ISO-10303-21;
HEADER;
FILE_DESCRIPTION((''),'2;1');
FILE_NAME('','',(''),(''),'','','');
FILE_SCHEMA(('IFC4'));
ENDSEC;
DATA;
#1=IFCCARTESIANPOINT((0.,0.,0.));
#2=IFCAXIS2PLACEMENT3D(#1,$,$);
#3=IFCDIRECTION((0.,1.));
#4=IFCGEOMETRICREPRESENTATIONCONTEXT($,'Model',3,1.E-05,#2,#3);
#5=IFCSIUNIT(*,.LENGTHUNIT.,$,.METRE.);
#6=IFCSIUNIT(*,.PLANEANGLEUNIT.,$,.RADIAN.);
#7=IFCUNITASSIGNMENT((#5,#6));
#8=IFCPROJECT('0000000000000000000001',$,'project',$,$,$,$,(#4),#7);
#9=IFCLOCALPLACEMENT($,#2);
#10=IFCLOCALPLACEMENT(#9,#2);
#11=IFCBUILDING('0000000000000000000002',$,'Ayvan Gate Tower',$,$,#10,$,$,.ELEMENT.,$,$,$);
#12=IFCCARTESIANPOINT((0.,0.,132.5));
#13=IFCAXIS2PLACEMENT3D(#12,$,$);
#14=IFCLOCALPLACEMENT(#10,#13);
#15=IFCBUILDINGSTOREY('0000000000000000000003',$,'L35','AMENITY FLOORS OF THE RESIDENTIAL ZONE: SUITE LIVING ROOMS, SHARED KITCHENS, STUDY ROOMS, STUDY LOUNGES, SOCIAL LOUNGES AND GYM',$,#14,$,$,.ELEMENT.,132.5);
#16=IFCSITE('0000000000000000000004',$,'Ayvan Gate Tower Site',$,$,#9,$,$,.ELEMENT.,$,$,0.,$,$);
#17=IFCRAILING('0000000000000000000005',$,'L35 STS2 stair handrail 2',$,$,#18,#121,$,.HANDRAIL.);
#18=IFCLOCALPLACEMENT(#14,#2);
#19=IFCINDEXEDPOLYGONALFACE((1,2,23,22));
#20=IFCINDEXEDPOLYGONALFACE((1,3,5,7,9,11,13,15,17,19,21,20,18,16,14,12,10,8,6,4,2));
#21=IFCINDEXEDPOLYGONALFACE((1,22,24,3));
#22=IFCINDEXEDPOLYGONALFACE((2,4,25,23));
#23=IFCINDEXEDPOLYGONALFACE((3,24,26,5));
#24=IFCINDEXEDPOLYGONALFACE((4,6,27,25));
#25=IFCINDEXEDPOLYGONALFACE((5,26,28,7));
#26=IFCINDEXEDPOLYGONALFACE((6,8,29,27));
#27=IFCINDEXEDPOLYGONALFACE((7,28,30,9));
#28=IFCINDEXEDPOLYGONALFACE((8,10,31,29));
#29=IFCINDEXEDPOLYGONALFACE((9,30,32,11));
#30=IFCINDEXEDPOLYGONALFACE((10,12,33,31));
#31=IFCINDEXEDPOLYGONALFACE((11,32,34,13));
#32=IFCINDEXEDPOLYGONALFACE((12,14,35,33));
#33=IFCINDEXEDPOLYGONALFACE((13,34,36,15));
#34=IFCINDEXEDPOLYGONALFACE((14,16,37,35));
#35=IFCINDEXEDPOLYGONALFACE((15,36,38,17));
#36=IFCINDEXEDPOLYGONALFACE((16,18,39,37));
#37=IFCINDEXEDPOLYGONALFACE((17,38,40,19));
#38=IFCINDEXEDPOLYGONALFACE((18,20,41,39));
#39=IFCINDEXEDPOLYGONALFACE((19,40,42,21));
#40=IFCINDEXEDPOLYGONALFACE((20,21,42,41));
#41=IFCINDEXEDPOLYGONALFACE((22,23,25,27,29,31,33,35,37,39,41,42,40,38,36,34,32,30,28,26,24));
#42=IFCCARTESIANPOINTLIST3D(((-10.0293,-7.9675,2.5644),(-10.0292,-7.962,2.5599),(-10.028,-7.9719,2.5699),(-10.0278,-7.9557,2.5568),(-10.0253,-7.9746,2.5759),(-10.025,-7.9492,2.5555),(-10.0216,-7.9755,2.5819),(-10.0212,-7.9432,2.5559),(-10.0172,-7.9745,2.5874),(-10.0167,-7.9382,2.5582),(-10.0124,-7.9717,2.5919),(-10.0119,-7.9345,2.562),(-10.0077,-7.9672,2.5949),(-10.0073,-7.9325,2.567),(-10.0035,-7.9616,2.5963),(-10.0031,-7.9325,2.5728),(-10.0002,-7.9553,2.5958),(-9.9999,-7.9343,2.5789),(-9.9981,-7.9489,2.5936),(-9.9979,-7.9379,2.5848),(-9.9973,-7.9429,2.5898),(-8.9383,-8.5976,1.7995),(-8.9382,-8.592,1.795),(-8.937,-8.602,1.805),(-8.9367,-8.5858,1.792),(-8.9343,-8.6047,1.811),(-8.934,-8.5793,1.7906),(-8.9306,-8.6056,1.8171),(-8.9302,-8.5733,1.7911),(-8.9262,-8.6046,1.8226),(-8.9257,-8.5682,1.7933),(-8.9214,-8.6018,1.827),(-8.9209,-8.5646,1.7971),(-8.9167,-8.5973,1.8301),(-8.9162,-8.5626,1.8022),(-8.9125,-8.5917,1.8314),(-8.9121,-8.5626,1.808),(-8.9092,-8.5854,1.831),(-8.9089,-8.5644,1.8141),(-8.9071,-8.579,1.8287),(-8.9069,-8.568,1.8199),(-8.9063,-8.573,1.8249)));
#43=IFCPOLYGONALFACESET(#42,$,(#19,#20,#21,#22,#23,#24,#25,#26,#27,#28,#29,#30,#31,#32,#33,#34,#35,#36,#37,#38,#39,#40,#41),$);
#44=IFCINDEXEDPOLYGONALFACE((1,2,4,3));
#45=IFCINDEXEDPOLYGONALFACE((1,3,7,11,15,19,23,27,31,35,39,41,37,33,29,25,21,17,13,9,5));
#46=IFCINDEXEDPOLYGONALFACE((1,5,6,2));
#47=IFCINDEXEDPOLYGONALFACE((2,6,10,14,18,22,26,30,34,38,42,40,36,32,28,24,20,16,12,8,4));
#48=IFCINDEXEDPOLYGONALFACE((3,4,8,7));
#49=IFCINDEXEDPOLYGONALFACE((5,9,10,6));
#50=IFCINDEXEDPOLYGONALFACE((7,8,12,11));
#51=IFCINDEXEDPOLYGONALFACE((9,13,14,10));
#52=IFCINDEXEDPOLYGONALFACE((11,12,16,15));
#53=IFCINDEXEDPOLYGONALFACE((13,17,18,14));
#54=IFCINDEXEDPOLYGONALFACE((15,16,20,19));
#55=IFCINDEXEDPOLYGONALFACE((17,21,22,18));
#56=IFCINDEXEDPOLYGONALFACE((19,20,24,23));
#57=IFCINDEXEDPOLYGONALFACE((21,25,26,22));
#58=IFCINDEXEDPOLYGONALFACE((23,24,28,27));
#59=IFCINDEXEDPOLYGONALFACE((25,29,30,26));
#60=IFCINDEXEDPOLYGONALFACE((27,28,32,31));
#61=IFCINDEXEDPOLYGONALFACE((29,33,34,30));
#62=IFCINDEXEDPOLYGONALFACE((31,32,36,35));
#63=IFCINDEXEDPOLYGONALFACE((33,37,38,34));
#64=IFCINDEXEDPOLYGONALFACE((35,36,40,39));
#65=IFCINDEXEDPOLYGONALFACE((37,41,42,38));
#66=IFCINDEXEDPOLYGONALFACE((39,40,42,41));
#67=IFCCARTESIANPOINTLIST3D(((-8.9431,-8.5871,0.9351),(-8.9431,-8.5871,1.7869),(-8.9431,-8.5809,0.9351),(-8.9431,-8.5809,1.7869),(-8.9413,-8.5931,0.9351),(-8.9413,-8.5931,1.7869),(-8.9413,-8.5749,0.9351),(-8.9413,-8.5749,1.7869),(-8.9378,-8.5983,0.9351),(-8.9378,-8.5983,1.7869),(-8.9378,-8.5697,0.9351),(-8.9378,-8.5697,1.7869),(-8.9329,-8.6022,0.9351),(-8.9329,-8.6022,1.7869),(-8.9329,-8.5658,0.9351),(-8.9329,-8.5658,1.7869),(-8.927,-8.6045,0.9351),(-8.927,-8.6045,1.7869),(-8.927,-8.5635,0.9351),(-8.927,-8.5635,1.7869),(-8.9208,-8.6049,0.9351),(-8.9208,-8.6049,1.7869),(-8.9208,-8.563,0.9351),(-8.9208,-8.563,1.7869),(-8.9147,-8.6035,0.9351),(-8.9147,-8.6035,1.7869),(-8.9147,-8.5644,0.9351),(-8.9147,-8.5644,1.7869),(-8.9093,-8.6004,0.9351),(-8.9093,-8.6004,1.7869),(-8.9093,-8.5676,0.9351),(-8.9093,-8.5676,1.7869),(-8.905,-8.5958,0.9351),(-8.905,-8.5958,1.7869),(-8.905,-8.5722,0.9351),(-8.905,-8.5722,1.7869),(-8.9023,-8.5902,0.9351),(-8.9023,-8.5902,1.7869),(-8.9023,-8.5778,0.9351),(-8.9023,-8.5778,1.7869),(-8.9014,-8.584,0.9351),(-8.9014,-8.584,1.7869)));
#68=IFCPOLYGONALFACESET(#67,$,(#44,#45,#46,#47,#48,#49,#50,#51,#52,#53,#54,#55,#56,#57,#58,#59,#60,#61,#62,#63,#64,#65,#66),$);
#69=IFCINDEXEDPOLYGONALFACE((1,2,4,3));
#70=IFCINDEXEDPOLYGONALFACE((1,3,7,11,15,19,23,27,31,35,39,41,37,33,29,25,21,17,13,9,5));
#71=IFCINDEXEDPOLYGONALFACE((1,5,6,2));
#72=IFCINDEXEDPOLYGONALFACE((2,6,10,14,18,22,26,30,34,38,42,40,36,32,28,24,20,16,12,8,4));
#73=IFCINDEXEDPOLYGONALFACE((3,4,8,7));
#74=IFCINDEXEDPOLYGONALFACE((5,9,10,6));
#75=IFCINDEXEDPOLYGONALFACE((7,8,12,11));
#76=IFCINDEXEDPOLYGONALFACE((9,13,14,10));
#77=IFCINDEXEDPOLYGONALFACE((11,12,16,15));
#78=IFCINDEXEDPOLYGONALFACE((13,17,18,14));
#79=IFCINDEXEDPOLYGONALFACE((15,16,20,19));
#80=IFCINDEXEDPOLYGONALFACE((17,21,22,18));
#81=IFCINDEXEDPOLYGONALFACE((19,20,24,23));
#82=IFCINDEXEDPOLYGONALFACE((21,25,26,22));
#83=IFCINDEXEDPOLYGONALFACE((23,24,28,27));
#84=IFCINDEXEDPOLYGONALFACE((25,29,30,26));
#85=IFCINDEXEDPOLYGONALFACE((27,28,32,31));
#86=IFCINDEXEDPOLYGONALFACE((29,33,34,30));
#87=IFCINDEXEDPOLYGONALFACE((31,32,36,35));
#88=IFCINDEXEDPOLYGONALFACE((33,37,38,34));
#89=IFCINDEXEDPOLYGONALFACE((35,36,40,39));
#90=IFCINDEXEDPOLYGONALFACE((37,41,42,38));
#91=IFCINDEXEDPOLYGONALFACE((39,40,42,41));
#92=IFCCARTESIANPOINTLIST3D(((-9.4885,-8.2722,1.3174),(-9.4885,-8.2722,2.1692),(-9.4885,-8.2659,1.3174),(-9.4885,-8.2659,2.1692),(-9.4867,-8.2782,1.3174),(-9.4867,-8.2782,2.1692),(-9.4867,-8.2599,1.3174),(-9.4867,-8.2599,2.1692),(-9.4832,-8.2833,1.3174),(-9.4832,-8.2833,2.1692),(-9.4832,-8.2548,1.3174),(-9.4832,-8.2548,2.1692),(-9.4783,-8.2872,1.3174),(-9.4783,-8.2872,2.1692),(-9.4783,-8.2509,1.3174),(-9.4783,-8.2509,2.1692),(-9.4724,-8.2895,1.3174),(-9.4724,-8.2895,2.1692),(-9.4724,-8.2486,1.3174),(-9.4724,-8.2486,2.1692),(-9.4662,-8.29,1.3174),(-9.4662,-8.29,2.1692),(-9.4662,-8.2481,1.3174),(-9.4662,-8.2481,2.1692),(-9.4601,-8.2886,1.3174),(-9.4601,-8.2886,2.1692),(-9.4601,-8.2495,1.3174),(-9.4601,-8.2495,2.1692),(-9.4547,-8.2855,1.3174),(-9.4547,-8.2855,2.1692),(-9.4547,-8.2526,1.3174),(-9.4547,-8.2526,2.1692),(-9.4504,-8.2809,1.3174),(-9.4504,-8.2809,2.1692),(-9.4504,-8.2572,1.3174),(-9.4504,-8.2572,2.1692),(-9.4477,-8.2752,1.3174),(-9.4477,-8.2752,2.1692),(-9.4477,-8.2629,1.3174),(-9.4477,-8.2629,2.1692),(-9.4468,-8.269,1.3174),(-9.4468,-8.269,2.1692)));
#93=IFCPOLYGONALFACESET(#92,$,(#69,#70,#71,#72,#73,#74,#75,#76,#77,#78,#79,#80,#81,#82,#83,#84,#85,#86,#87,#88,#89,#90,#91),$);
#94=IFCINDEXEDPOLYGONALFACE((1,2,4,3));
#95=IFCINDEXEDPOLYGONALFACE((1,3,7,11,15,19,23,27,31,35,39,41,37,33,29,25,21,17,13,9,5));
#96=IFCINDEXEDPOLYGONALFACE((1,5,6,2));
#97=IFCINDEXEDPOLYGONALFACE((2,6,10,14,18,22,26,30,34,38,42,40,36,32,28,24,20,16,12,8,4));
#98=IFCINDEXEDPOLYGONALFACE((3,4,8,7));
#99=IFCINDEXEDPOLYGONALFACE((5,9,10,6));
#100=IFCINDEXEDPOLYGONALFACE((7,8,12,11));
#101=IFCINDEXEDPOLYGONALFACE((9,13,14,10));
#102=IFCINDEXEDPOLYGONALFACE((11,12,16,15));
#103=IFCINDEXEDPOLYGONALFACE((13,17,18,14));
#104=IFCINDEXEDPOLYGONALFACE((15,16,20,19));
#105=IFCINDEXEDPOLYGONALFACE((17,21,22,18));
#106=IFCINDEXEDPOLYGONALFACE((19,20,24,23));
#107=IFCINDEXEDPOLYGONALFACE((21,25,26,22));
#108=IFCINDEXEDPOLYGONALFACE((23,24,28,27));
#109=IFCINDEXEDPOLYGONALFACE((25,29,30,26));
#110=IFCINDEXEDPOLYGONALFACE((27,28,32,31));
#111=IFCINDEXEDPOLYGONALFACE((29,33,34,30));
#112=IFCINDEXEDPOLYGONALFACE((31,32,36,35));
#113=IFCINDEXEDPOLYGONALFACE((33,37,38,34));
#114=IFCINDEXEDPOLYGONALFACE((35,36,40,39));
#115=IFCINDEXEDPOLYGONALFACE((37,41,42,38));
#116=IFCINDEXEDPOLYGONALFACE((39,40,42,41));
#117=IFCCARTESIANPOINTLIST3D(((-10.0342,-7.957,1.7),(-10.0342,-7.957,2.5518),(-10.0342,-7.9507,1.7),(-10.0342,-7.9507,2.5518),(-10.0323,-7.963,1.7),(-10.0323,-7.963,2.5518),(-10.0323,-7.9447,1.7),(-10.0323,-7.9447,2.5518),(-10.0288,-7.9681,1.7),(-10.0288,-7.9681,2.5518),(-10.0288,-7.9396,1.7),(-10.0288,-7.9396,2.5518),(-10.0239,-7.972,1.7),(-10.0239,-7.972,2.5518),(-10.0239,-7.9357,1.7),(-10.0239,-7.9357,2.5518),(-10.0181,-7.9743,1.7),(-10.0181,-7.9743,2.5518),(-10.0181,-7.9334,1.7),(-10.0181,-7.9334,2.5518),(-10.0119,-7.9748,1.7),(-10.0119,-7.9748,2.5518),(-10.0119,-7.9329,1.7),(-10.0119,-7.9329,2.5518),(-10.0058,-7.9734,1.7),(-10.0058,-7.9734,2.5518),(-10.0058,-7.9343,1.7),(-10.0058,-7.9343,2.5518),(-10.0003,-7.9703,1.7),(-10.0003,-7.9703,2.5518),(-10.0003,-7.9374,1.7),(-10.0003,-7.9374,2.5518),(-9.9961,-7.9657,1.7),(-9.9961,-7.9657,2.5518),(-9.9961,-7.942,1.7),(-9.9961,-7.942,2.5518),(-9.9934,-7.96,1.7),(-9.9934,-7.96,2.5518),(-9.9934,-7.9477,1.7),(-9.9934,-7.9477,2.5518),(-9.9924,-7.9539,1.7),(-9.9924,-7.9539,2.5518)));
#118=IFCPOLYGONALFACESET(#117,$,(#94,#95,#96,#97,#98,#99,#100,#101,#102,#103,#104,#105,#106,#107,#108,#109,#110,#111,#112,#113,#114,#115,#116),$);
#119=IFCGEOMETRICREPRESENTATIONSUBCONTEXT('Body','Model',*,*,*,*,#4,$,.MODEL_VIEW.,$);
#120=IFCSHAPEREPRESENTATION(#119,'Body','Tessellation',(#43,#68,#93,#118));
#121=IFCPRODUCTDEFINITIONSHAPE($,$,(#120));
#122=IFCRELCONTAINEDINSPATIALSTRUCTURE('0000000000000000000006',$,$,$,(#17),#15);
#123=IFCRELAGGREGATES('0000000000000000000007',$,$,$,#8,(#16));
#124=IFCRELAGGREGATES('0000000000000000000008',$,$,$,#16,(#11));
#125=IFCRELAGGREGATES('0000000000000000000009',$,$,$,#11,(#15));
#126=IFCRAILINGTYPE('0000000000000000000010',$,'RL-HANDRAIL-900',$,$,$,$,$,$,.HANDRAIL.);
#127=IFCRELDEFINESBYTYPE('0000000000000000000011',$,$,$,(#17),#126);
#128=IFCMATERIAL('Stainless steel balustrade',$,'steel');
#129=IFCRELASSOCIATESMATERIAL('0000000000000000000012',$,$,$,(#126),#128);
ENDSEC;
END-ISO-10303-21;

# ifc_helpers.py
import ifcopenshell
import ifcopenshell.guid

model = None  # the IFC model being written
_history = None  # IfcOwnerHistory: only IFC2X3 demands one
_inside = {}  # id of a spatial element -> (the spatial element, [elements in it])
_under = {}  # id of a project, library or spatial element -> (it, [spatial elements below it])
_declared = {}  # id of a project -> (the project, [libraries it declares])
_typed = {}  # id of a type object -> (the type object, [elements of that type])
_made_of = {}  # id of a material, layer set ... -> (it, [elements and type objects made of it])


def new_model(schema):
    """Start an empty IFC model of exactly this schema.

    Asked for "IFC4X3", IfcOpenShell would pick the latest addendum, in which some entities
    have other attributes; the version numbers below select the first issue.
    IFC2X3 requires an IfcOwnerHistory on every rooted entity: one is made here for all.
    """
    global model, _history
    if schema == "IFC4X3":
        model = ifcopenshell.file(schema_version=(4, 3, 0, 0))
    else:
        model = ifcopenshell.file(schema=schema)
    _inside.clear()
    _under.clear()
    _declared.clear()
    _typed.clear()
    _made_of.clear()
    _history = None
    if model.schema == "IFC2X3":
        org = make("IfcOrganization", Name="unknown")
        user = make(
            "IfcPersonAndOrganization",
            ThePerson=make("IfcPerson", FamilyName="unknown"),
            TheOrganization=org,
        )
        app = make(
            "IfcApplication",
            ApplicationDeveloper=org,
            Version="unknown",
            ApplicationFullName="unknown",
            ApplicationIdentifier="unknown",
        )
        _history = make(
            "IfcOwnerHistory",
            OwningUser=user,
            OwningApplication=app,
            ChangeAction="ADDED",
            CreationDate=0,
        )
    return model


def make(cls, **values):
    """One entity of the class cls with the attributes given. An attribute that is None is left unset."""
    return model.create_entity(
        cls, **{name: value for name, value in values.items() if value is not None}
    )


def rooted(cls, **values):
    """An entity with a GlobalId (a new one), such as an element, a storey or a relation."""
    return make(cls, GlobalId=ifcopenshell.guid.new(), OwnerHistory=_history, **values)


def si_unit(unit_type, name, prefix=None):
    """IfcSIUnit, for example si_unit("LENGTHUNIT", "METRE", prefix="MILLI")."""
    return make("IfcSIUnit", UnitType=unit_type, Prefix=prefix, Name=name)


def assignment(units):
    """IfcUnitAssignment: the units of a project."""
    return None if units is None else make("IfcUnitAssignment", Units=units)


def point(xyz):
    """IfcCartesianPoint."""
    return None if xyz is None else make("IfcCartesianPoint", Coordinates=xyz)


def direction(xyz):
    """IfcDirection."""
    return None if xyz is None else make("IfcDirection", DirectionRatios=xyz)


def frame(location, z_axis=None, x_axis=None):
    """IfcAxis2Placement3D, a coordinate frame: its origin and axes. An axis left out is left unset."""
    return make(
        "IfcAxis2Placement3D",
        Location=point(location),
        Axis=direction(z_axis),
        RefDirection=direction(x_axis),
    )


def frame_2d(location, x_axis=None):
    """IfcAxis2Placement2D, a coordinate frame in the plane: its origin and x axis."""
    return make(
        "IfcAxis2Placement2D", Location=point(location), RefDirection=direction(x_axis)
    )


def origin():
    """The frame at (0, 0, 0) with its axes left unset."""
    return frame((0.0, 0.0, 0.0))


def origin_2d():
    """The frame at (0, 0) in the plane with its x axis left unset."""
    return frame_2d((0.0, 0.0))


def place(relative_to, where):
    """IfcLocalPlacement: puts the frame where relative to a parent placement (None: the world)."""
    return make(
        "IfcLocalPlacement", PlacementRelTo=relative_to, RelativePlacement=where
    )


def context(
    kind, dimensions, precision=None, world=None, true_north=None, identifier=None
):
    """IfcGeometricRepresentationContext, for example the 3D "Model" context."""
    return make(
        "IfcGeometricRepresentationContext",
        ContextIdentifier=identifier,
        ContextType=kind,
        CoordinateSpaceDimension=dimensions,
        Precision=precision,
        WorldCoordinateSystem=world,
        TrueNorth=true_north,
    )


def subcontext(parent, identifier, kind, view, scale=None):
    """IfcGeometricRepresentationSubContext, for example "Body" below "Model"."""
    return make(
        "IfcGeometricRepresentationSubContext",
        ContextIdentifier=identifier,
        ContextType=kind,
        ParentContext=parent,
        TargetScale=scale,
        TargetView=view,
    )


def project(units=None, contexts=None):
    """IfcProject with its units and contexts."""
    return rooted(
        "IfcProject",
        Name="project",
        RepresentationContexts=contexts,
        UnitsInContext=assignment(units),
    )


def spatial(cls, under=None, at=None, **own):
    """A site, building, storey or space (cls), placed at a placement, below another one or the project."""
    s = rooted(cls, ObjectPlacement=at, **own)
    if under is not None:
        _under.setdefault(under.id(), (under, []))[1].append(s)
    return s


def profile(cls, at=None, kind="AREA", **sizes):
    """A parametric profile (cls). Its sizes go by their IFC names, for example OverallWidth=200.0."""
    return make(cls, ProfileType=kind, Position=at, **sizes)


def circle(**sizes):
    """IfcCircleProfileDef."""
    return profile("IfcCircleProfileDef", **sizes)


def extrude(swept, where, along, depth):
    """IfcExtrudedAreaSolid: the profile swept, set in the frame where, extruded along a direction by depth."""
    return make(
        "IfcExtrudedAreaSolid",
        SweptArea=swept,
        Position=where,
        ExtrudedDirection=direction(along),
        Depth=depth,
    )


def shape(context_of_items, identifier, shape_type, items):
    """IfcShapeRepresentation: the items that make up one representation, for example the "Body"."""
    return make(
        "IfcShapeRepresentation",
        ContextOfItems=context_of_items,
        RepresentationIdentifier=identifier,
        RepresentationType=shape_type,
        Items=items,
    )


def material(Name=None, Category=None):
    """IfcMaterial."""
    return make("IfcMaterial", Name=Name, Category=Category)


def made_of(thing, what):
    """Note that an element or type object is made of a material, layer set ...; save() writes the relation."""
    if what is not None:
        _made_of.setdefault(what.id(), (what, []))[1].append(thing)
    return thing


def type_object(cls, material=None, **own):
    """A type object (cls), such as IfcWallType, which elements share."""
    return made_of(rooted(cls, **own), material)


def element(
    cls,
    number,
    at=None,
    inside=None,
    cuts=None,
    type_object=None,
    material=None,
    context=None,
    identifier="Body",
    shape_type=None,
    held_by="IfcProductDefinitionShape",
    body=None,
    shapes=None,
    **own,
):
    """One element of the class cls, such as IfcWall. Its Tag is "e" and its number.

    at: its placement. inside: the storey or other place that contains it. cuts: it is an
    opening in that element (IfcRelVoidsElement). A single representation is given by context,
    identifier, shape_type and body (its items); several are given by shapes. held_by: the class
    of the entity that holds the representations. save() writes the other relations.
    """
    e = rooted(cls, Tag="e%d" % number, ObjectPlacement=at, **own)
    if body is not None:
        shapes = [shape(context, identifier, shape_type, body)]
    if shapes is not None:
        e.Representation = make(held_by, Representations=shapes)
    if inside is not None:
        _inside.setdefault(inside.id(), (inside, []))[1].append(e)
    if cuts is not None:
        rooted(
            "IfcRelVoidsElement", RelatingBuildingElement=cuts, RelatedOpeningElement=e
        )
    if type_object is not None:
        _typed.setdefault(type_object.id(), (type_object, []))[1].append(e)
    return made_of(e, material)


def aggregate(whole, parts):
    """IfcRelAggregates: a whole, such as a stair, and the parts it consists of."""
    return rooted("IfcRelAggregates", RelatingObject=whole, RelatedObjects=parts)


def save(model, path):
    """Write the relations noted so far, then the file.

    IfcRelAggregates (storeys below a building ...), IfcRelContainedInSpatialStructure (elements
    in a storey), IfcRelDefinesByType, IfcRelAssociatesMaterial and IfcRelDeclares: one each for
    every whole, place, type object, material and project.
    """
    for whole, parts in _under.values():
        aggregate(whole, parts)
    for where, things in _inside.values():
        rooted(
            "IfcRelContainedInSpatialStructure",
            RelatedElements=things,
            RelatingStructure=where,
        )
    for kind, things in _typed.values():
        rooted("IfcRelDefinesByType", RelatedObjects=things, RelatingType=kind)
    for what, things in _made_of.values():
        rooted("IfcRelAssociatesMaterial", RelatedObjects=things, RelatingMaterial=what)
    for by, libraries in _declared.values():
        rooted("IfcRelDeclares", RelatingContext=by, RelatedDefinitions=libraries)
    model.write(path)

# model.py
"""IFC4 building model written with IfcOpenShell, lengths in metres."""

from ifc_helpers import new_model, si_unit, direction, frame, origin, origin_2d, place, context, subcontext, project, spatial, circle, extrude, material, type_object, element, save


model = new_model("IFC4")

# Units and contexts
model_context = context("Model", 3, precision=1e-05, world=origin(), true_north=direction((0.0, 1.0)))
body_context = subcontext(model_context, "Body", "Model", "MODEL_VIEW")
ifc_project = project(units=[si_unit("LENGTHUNIT", "METRE"), si_unit("PLANEANGLEUNIT", "RADIAN")], contexts=[model_context])

# Site, building, storey
site_placement = place(None, origin())
site = spatial("IfcSite", under=ifc_project, at=site_placement, Name="Ayvan Gate Tower Site", CompositionType="ELEMENT", RefElevation=0.0)
building_placement = place(site_placement, origin())
building = spatial("IfcBuilding", under=site, at=building_placement, Name="Ayvan Gate Tower", CompositionType="ELEMENT")
storey_placement = place(building_placement, frame((0.0, 0.0, 132.5)))
storey = spatial("IfcBuildingStorey", under=building, at=storey_placement, Name="L35", Description="AMENITY FLOORS OF THE RESIDENTIAL ZONE: SUITE LIVING ROOMS, SHARED KITCHENS, STUDY ROOMS, STUDY LOUNGES, SOCIAL LOUNGES AND GYM", CompositionType="ELEMENT", Elevation=132.5)

# Railing
ifc_material_1 = material(Name="Stainless steel balustrade", Category="steel")
railing_type_1 = type_object("IfcRailingType", Name="RL-HANDRAIL-900", PredefinedType="HANDRAIL", material=ifc_material_1)
railing_1_placement = place(storey_placement, frame((-8.9224, -8.584, 0.9351)))
element("IfcRailing", 1, at=railing_1_placement, inside=storey, type_object=railing_type_1, Name="L35 STS2 stair handrail 2", PredefinedType="HANDRAIL", context=body_context, shape_type="SweptSolid", body=[
    extrude(circle(Radius=0.0239, at=origin_2d()), frame((0.0, 0.0, 0.876), z_axis=(-0.740229, 0.427508, 0.518939), x_axis=(-0.500119, -0.865956, 0.0)), (0.0, 0.0, 1.0), 1.4739),
    extrude(circle(Radius=0.021, at=origin_2d()), origin(), (0.0, 0.0, 1.0), 0.8518),
    extrude(circle(Radius=0.021, at=origin_2d()), frame((-0.5454, 0.3149, 0.3823)), (0.0, 0.0, 1.0), 0.8518),
    extrude(circle(Radius=0.021, at=origin_2d()), frame((-1.0911, 0.6301, 0.7649)), (0.0, 0.0, 1.0), 0.8518),
])

save(model, "model.ifc")
